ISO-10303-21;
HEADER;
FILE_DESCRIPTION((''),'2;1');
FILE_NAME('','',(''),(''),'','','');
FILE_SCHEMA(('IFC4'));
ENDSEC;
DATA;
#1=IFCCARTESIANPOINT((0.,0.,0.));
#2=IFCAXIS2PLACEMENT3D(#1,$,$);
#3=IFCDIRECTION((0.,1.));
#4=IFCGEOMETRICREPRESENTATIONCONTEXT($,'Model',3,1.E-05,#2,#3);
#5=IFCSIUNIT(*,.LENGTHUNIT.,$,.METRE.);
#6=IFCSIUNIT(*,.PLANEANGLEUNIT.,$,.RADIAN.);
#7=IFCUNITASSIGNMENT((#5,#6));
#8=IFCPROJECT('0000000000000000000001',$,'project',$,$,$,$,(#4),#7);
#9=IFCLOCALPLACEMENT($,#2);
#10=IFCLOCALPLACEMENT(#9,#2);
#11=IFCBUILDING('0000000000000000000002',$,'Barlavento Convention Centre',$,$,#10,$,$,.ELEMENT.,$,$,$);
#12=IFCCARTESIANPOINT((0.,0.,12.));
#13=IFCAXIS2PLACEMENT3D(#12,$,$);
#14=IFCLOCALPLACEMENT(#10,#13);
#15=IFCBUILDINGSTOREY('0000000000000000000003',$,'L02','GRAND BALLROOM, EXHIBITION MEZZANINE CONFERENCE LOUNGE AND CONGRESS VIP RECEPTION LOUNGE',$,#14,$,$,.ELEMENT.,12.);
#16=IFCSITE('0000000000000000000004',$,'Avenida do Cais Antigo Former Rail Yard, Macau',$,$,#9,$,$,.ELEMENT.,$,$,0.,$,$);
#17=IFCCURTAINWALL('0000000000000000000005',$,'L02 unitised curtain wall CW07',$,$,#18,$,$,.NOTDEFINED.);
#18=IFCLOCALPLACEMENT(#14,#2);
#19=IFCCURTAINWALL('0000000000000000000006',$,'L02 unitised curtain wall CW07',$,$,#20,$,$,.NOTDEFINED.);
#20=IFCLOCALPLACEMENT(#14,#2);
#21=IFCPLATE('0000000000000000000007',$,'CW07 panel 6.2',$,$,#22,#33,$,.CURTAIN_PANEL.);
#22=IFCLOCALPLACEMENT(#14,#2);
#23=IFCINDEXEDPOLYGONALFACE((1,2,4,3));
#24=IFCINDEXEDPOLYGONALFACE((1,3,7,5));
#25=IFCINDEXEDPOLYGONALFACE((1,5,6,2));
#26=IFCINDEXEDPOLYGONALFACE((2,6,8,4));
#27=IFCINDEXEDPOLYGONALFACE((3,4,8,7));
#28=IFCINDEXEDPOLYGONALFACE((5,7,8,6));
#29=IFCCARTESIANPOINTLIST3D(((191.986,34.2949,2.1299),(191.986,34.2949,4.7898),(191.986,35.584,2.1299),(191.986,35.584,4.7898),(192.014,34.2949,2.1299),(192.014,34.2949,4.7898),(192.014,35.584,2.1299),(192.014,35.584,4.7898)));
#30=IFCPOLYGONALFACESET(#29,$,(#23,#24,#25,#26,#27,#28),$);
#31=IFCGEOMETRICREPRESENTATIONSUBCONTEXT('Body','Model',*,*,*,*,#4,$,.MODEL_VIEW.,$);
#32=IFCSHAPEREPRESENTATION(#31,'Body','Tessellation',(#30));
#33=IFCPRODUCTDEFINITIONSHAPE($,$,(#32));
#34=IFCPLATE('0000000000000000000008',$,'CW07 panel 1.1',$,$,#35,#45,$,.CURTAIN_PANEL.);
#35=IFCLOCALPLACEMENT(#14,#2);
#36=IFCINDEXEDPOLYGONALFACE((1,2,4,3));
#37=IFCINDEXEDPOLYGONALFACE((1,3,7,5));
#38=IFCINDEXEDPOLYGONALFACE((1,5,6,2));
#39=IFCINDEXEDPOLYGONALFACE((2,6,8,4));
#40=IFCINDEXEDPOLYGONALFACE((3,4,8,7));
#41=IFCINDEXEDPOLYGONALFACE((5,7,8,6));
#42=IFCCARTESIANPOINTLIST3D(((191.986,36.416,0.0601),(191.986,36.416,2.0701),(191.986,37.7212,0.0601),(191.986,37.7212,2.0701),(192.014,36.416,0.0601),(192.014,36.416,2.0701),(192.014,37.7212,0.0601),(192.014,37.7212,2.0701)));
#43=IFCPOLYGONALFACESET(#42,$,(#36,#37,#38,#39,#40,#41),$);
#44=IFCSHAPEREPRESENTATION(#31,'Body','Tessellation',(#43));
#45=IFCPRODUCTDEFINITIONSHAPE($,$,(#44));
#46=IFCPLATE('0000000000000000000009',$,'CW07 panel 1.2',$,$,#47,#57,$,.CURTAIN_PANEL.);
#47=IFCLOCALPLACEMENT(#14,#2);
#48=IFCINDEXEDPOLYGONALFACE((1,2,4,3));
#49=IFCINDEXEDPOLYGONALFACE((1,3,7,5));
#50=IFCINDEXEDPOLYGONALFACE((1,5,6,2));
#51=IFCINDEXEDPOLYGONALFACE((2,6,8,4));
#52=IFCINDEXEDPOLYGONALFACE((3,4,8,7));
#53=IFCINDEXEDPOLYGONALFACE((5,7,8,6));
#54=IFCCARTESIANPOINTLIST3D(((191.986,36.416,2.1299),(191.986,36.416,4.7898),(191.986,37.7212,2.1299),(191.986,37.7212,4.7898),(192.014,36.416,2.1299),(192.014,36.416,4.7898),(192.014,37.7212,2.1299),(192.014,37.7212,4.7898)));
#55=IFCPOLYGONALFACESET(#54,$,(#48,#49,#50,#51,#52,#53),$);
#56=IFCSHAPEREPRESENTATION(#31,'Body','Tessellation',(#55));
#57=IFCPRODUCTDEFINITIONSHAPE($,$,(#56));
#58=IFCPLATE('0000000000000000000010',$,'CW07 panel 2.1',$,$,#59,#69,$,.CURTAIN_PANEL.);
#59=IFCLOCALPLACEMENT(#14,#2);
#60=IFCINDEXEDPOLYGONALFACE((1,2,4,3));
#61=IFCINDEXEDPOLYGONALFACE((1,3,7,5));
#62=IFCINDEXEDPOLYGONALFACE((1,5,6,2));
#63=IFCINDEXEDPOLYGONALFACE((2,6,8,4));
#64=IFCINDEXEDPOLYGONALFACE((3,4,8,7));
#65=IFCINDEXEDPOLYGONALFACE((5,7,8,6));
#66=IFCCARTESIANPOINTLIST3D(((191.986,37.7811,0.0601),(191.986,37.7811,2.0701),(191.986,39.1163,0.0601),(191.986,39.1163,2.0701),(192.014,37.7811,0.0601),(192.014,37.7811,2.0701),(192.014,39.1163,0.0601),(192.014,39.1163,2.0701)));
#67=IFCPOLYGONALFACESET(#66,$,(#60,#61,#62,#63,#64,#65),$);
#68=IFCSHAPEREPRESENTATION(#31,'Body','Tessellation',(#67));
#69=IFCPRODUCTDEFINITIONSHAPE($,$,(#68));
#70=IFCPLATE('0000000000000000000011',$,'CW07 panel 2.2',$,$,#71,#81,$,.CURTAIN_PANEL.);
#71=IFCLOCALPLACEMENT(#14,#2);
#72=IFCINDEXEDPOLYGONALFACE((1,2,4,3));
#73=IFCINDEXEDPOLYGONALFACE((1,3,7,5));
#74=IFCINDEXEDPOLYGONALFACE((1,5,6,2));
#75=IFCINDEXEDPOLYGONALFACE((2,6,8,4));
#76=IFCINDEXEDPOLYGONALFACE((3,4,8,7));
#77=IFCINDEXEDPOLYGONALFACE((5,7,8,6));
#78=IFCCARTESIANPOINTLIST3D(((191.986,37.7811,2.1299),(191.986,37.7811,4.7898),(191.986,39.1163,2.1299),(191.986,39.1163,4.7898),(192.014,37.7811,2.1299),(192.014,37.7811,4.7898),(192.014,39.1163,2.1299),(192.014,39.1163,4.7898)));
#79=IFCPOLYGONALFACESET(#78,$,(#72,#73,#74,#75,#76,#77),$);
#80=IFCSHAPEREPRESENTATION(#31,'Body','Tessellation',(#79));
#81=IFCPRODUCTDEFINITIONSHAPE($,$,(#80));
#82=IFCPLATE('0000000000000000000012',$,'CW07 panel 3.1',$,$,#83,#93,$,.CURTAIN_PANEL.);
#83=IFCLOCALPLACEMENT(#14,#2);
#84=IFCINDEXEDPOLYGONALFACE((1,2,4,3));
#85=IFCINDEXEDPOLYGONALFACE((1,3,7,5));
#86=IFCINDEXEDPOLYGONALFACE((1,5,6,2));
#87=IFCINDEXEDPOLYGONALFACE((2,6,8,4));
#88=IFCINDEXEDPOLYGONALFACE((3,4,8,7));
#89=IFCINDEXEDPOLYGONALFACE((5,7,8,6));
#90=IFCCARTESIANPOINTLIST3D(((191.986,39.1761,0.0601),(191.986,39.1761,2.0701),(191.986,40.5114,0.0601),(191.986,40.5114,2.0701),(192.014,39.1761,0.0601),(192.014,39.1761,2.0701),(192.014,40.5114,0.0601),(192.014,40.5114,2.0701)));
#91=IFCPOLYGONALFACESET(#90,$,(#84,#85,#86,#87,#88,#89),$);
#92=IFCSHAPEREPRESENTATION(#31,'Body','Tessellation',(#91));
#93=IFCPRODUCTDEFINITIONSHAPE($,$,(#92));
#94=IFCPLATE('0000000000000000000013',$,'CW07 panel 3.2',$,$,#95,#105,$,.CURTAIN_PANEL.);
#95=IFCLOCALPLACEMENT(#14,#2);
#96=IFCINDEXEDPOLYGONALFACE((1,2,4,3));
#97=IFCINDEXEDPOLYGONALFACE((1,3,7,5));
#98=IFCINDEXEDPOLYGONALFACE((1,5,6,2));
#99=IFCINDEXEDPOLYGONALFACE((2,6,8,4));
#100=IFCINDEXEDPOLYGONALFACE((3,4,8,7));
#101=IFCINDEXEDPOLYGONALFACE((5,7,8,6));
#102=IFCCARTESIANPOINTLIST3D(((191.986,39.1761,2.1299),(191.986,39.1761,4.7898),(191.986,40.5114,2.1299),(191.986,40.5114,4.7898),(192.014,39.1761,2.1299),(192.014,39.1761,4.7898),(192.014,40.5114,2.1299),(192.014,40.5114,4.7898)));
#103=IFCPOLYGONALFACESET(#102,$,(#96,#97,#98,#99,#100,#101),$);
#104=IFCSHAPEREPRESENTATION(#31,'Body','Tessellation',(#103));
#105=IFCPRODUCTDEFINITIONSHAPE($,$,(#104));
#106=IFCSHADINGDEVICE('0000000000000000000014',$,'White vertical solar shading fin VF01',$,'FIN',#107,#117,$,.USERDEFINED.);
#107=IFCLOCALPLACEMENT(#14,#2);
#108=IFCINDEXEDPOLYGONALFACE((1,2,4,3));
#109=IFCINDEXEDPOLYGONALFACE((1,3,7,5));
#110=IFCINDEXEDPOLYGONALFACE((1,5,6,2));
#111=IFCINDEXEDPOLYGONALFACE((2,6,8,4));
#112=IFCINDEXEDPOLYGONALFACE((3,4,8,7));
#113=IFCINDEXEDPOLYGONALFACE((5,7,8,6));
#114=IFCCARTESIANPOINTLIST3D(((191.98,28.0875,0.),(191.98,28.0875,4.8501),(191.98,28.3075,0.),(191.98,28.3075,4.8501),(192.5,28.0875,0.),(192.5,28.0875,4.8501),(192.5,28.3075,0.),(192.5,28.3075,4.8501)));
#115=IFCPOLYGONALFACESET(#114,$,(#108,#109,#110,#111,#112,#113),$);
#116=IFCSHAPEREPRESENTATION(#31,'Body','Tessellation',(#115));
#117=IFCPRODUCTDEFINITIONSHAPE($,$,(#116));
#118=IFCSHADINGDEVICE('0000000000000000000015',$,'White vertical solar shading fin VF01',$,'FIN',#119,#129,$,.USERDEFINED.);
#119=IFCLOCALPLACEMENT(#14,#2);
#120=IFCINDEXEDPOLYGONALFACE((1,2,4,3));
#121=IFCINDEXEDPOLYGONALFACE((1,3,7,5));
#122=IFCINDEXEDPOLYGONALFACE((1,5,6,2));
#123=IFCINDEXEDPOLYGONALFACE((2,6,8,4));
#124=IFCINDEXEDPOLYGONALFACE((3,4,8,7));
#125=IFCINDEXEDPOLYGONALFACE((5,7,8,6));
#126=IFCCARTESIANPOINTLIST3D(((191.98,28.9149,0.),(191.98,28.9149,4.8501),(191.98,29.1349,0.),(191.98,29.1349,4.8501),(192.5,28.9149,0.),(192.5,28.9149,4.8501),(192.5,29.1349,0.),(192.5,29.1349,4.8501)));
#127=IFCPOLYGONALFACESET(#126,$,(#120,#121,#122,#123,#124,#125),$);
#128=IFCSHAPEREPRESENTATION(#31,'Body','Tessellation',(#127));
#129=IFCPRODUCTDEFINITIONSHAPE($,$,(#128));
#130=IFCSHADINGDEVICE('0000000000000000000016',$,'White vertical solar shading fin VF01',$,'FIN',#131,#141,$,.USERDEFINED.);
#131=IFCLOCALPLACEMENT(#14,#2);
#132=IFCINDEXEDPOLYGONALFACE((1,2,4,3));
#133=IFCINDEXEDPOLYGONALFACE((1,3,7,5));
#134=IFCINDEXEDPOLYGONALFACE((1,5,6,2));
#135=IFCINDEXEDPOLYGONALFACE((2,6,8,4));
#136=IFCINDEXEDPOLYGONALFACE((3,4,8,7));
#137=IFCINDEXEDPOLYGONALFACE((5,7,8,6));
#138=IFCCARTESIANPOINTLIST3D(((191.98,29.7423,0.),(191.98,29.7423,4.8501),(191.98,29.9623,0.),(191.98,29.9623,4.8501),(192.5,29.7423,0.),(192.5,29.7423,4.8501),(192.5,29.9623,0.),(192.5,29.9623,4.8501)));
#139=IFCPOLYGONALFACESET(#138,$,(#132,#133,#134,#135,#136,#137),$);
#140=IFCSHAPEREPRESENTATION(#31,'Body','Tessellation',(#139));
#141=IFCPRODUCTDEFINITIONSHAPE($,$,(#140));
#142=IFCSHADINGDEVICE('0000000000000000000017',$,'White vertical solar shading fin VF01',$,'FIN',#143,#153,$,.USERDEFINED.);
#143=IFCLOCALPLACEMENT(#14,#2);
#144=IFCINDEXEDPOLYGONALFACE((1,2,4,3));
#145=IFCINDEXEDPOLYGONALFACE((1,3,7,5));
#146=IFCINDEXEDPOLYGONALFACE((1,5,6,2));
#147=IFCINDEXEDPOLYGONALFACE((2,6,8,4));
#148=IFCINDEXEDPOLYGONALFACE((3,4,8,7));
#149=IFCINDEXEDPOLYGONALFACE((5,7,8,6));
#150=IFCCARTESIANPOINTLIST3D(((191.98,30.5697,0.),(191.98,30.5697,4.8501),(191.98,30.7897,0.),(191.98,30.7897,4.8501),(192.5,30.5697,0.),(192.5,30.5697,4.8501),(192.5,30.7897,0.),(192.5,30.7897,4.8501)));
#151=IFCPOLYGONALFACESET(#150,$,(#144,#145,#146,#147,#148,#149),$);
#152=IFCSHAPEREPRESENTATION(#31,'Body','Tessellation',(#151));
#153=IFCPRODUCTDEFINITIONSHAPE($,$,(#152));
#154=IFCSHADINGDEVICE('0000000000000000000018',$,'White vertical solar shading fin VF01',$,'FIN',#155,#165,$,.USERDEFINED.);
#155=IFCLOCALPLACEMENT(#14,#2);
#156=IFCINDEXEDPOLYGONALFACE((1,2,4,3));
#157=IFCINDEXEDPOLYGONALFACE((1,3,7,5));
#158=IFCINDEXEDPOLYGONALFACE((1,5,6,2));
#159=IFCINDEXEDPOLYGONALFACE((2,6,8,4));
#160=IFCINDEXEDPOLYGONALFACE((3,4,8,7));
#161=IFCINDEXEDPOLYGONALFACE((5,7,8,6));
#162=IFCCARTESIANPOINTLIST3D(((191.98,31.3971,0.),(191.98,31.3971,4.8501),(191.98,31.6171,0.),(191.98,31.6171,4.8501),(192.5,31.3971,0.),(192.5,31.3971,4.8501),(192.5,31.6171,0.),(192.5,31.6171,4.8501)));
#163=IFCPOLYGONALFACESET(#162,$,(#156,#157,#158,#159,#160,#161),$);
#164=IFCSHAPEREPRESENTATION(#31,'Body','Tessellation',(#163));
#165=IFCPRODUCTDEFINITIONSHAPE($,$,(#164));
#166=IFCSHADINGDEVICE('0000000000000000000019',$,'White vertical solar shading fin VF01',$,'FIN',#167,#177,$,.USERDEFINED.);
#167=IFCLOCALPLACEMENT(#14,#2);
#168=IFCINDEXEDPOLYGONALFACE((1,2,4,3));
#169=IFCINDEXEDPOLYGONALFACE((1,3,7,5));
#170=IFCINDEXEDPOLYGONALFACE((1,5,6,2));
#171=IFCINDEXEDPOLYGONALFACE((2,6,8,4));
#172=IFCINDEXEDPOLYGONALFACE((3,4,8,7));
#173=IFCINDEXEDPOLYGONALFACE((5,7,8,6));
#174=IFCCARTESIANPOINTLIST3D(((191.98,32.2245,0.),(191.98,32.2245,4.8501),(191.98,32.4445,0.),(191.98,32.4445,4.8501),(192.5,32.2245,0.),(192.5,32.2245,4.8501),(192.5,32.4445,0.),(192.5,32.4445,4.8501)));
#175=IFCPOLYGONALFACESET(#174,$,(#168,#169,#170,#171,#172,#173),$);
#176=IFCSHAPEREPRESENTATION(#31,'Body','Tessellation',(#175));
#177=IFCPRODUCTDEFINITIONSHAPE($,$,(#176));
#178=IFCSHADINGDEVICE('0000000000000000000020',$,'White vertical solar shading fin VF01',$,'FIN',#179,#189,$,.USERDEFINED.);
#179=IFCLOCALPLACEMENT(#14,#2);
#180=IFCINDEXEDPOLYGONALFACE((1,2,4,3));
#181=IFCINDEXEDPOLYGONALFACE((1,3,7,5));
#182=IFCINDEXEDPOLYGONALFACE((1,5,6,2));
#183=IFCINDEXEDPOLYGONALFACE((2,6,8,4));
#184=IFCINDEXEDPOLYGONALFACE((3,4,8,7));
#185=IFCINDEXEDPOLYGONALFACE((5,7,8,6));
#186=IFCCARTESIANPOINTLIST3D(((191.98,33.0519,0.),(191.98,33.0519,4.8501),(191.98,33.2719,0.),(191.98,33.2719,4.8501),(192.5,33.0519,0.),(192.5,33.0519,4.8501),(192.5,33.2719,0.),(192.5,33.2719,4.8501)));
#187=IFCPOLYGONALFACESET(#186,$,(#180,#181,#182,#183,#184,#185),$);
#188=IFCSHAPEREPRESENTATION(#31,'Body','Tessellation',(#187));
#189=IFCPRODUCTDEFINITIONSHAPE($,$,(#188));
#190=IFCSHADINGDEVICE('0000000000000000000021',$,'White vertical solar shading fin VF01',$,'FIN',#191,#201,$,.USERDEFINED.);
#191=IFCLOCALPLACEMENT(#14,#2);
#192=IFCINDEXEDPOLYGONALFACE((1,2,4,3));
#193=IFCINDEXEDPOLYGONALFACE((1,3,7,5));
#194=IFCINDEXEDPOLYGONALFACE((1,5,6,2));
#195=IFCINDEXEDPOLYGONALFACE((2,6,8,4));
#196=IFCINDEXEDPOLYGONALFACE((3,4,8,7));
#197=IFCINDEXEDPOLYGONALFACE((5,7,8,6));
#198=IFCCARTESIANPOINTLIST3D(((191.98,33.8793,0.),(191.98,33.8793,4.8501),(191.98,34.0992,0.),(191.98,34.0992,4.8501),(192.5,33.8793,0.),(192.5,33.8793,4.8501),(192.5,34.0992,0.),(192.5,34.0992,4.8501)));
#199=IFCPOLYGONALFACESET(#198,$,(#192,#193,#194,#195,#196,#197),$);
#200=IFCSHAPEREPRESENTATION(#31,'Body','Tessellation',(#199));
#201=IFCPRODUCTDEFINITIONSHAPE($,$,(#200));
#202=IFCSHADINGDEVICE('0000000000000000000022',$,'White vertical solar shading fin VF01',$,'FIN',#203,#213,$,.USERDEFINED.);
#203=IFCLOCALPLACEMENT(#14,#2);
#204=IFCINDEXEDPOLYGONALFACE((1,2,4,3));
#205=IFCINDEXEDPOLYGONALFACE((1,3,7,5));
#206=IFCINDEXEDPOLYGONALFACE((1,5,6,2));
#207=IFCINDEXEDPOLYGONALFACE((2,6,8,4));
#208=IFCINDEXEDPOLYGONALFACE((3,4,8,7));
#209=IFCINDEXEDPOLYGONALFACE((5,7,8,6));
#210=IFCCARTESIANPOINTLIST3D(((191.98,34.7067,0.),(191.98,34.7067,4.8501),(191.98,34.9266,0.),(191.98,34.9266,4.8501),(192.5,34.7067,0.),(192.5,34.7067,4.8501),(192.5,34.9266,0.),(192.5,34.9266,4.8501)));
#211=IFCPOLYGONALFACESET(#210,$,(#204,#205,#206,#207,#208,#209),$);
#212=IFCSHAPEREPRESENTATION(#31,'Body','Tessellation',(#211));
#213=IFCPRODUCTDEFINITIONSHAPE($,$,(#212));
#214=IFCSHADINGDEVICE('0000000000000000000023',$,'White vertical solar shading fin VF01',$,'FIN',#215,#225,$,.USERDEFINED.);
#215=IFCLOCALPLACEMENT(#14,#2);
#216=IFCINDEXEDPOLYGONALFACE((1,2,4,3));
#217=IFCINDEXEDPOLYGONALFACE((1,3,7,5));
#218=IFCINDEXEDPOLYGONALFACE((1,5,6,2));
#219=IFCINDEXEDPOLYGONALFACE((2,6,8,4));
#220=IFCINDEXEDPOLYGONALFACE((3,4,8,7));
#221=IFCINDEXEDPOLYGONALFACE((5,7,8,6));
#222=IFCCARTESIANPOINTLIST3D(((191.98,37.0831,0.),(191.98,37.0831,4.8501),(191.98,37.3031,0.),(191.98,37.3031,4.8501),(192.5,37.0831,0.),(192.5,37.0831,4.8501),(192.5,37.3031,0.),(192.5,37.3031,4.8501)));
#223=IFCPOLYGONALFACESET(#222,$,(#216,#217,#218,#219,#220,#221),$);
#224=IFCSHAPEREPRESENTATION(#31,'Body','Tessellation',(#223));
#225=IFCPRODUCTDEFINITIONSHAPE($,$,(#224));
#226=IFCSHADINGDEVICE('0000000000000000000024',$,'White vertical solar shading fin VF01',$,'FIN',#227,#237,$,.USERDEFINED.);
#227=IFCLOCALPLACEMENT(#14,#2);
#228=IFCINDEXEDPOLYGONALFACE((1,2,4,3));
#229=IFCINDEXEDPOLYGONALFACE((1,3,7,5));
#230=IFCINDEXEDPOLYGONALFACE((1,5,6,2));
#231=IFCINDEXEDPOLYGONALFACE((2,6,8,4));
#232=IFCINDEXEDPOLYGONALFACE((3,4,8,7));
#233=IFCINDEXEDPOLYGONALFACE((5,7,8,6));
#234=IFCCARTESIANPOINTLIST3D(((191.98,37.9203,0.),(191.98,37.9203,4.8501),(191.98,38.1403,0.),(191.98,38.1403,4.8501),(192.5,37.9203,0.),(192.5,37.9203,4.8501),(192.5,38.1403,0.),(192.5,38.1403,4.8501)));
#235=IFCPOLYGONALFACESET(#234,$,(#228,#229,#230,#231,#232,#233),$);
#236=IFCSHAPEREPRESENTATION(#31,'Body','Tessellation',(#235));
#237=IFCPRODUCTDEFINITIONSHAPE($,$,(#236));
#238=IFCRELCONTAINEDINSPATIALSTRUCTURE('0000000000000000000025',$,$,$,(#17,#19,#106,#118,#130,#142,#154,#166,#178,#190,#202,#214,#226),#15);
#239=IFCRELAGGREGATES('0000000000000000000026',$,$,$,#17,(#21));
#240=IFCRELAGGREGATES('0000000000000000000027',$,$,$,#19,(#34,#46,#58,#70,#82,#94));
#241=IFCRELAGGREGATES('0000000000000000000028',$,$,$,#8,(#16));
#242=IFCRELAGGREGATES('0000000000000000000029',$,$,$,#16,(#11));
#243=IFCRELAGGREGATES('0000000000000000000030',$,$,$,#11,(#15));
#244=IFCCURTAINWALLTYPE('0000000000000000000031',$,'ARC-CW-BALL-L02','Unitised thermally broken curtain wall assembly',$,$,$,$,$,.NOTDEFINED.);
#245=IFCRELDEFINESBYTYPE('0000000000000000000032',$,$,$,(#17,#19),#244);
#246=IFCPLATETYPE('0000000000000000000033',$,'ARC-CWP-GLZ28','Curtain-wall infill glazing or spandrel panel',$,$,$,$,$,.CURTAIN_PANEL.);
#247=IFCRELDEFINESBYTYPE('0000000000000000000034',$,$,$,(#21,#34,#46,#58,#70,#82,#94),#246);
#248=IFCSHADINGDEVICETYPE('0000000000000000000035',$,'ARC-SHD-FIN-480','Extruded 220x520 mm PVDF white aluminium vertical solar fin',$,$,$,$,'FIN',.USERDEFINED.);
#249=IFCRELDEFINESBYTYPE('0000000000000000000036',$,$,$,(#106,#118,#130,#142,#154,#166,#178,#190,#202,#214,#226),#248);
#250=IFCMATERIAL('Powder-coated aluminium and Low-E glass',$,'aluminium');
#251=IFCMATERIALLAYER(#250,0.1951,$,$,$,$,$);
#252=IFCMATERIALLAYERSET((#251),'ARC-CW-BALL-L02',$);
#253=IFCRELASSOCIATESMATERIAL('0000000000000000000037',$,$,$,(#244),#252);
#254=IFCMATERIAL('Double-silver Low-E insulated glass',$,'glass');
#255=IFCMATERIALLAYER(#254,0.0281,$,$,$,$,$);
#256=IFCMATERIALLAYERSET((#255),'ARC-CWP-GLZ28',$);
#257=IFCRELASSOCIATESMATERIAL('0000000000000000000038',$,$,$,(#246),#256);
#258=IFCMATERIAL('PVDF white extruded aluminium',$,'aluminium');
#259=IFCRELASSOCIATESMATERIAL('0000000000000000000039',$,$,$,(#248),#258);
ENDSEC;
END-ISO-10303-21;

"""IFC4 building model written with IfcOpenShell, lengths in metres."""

from ifc_helpers import new_model, si_unit, direction, frame, origin, origin_2d, place, context, subcontext, project, spatial, rectangle, extrude, material, layer, layer_set, type_object, element, aggregate, save


model = new_model("IFC4")

# Units and contexts
model_context = context("Model", 3, precision=1e-05, world=origin(), true_north=direction((0.0, 1.0)))
body_context = subcontext(model_context, "Body", "Model", "MODEL_VIEW")
ifc_project = project(units=[si_unit("LENGTHUNIT", "METRE"), si_unit("PLANEANGLEUNIT", "RADIAN")], contexts=[model_context])

# Site, building, storey
site_placement = place(None, origin())
site = spatial("IfcSite", under=ifc_project, at=site_placement, Name="Avenida do Cais Antigo Former Rail Yard, Macau", CompositionType="ELEMENT", RefElevation=0.0)
building_placement = place(site_placement, origin())
building = spatial("IfcBuilding", under=site, at=building_placement, Name="Barlavento Convention Centre", CompositionType="ELEMENT")
storey_placement = place(building_placement, frame((0.0, 0.0, 12.0)))
storey = spatial("IfcBuildingStorey", under=building, at=storey_placement, Name="L02", Description="GRAND BALLROOM, EXHIBITION MEZZANINE CONFERENCE LOUNGE AND CONGRESS VIP RECEPTION LOUNGE", CompositionType="ELEMENT", Elevation=12.0)

# Curtain walls
ifc_material_1 = material(Name="Powder-coated aluminium and Low-E glass", Category="aluminium")
ifc_layer_1 = layer(ifc_material_1, 0.1951)
ifc_layer_set_1 = layer_set([ifc_layer_1], Name="ARC-CW-BALL-L02")
curtain_wall_type = type_object("IfcCurtainWallType", Name="ARC-CW-BALL-L02", Description="Unitised thermally broken curtain wall assembly", PredefinedType="NOTDEFINED", material=ifc_layer_set_1)
curtain_wall_1_placement = place(storey_placement, origin())
curtain_wall_1 = element("IfcCurtainWall", 1, at=curtain_wall_1_placement, inside=storey, type_object=curtain_wall_type, Name="L02 unitised curtain wall CW07", PredefinedType="NOTDEFINED")
curtain_wall_2_placement = place(storey_placement, origin())
curtain_wall_2 = element("IfcCurtainWall", 2, at=curtain_wall_2_placement, inside=storey, type_object=curtain_wall_type, Name="L02 unitised curtain wall CW07", PredefinedType="NOTDEFINED")

# Plates
ifc_material_2 = material(Name="Double-silver Low-E insulated glass", Category="glass")
ifc_layer_2 = layer(ifc_material_2, 0.0281)
ifc_layer_set_2 = layer_set([ifc_layer_2], Name="ARC-CWP-GLZ28")
plate_type = type_object("IfcPlateType", Name="ARC-CWP-GLZ28", Description="Curtain-wall infill glazing or spandrel panel", PredefinedType="CURTAIN_PANEL", material=ifc_layer_set_2)
plate_1_placement = place(storey_placement, frame((192.0, 34.9395, 2.1299), z_axis=(0.0, 0.0, 1.0), x_axis=(0.0, 1.0, 0.0)))
plate_1 = element("IfcPlate", 3, at=plate_1_placement, type_object=plate_type, Name="CW07 panel 6.2", PredefinedType="CURTAIN_PANEL", context=body_context, shape_type="SweptSolid", body=[
    extrude(rectangle(XDim=1.2891, YDim=0.0281, at=origin_2d()), origin(), (0.0, 0.0, 1.0), 2.6599),
])
aggregate(curtain_wall_1, [plate_1])
plate_2_placement = place(storey_placement, frame((192.0, 37.0686, 0.0601), z_axis=(0.0, 0.0, 1.0), x_axis=(0.0, 1.0, 0.0)))
plate_2 = element("IfcPlate", 4, at=plate_2_placement, type_object=plate_type, Name="CW07 panel 1.1", PredefinedType="CURTAIN_PANEL", context=body_context, shape_type="SweptSolid", body=[
    extrude(rectangle(XDim=1.3052, YDim=0.0281, at=origin_2d()), origin(), (0.0, 0.0, 1.0), 2.01),
])
plate_3_placement = place(storey_placement, frame((192.0, 37.0686, 2.1299), z_axis=(0.0, 0.0, 1.0), x_axis=(0.0, 1.0, 0.0)))
plate_3 = element("IfcPlate", 5, at=plate_3_placement, type_object=plate_type, Name="CW07 panel 1.2", PredefinedType="CURTAIN_PANEL", context=body_context, shape_type="SweptSolid", body=[
    extrude(rectangle(XDim=1.3052, YDim=0.0281, at=origin_2d()), origin(), (0.0, 0.0, 1.0), 2.6599),
])
plate_4_placement = place(storey_placement, frame((192.0, 38.4487, 0.0601), z_axis=(0.0, 0.0, 1.0), x_axis=(0.0, 1.0, 0.0)))
plate_4 = element("IfcPlate", 6, at=plate_4_placement, type_object=plate_type, Name="CW07 panel 2.1", PredefinedType="CURTAIN_PANEL", context=body_context, shape_type="SweptSolid", body=[
    extrude(rectangle(XDim=1.3352, YDim=0.0281, at=origin_2d()), origin(), (0.0, 0.0, 1.0), 2.01),
])
plate_5_placement = place(storey_placement, frame((192.0, 38.4487, 2.1299), z_axis=(0.0, 0.0, 1.0), x_axis=(0.0, 1.0, 0.0)))
plate_5 = element("IfcPlate", 7, at=plate_5_placement, type_object=plate_type, Name="CW07 panel 2.2", PredefinedType="CURTAIN_PANEL", context=body_context, shape_type="SweptSolid", body=[
    extrude(rectangle(XDim=1.3352, YDim=0.0281, at=origin_2d()), origin(), (0.0, 0.0, 1.0), 2.6599),
])
plate_6_placement = place(storey_placement, frame((192.0, 39.8438, 0.0601), z_axis=(0.0, 0.0, 1.0), x_axis=(0.0, 1.0, 0.0)))
plate_6 = element("IfcPlate", 8, at=plate_6_placement, type_object=plate_type, Name="CW07 panel 3.1", PredefinedType="CURTAIN_PANEL", context=body_context, shape_type="SweptSolid", body=[
    extrude(rectangle(XDim=1.3352, YDim=0.0281, at=origin_2d()), origin(), (0.0, 0.0, 1.0), 2.01),
])
plate_7_placement = place(storey_placement, frame((192.0, 39.8438, 2.1299), z_axis=(0.0, 0.0, 1.0), x_axis=(0.0, 1.0, 0.0)))
plate_7 = element("IfcPlate", 9, at=plate_7_placement, type_object=plate_type, Name="CW07 panel 3.2", PredefinedType="CURTAIN_PANEL", context=body_context, shape_type="SweptSolid", body=[
    extrude(rectangle(XDim=1.3352, YDim=0.0281, at=origin_2d()), origin(), (0.0, 0.0, 1.0), 2.6599),
])
aggregate(curtain_wall_2, [plate_2, plate_3, plate_4, plate_5, plate_6, plate_7])

# Shading devices
ifc_material_3 = material(Name="PVDF white extruded aluminium", Category="aluminium")
shading_device_type = type_object("IfcShadingDeviceType", Name="ARC-SHD-FIN-480", Description="Extruded 220x520 mm PVDF white aluminium vertical solar fin", ElementType="FIN", PredefinedType="USERDEFINED", material=ifc_material_3)
for number, where, z_axis, x_axis, name in (
    (10, (192.24, 28.1975, 0.0), (0.0, 0.0, 1.0), (0.0, 1.0, 0.0), "White vertical solar shading fin VF01"),
    (11, (192.24, 29.0249, 0.0), (0.0, 0.0, 1.0), (0.0, 1.0, 0.0), "White vertical solar shading fin VF01"),
    (12, (192.24, 29.8523, 0.0), (0.0, 0.0, 1.0), (0.0, 1.0, 0.0), "White vertical solar shading fin VF01"),
    (13, (192.24, 30.6797, 0.0), (0.0, 0.0, 1.0), (0.0, 1.0, 0.0), "White vertical solar shading fin VF01"),
    (14, (192.24, 31.5071, 0.0), (0.0, 0.0, 1.0), (0.0, 1.0, 0.0), "White vertical solar shading fin VF01"),
    (15, (192.24, 32.3345, 0.0), (0.0, 0.0, 1.0), (0.0, 1.0, 0.0), "White vertical solar shading fin VF01"),
    (16, (192.24, 33.1619, 0.0), (0.0, 0.0, 1.0), (0.0, 1.0, 0.0), "White vertical solar shading fin VF01"),
    (17, (192.24, 33.9893, 0.0), (0.0, 0.0, 1.0), (0.0, 1.0, 0.0), "White vertical solar shading fin VF01"),
    (18, (192.24, 34.8167, 0.0), (0.0, 0.0, 1.0), (0.0, 1.0, 0.0), "White vertical solar shading fin VF01"),
    (19, (192.24, 37.1931, 0.0), (0.0, 0.0, 1.0), (0.0, 1.0, 0.0), "White vertical solar shading fin VF01"),
    (20, (192.24, 38.0303, 0.0), (0.0, 0.0, 1.0), (0.0, 1.0, 0.0), "White vertical solar shading fin VF01"),
):
    element("IfcShadingDevice", number, at=place(storey_placement, frame(where, z_axis=z_axis, x_axis=x_axis)), inside=storey, type_object=shading_device_type, Name=name, ObjectType="FIN", PredefinedType="USERDEFINED", context=body_context, shape_type="SweptSolid", body=[
        extrude(rectangle(XDim=0.22, YDim=0.52, at=origin_2d()), origin(), (0.0, 0.0, 1.0), 4.8501),
    ])

save(model, "model.ifc")
